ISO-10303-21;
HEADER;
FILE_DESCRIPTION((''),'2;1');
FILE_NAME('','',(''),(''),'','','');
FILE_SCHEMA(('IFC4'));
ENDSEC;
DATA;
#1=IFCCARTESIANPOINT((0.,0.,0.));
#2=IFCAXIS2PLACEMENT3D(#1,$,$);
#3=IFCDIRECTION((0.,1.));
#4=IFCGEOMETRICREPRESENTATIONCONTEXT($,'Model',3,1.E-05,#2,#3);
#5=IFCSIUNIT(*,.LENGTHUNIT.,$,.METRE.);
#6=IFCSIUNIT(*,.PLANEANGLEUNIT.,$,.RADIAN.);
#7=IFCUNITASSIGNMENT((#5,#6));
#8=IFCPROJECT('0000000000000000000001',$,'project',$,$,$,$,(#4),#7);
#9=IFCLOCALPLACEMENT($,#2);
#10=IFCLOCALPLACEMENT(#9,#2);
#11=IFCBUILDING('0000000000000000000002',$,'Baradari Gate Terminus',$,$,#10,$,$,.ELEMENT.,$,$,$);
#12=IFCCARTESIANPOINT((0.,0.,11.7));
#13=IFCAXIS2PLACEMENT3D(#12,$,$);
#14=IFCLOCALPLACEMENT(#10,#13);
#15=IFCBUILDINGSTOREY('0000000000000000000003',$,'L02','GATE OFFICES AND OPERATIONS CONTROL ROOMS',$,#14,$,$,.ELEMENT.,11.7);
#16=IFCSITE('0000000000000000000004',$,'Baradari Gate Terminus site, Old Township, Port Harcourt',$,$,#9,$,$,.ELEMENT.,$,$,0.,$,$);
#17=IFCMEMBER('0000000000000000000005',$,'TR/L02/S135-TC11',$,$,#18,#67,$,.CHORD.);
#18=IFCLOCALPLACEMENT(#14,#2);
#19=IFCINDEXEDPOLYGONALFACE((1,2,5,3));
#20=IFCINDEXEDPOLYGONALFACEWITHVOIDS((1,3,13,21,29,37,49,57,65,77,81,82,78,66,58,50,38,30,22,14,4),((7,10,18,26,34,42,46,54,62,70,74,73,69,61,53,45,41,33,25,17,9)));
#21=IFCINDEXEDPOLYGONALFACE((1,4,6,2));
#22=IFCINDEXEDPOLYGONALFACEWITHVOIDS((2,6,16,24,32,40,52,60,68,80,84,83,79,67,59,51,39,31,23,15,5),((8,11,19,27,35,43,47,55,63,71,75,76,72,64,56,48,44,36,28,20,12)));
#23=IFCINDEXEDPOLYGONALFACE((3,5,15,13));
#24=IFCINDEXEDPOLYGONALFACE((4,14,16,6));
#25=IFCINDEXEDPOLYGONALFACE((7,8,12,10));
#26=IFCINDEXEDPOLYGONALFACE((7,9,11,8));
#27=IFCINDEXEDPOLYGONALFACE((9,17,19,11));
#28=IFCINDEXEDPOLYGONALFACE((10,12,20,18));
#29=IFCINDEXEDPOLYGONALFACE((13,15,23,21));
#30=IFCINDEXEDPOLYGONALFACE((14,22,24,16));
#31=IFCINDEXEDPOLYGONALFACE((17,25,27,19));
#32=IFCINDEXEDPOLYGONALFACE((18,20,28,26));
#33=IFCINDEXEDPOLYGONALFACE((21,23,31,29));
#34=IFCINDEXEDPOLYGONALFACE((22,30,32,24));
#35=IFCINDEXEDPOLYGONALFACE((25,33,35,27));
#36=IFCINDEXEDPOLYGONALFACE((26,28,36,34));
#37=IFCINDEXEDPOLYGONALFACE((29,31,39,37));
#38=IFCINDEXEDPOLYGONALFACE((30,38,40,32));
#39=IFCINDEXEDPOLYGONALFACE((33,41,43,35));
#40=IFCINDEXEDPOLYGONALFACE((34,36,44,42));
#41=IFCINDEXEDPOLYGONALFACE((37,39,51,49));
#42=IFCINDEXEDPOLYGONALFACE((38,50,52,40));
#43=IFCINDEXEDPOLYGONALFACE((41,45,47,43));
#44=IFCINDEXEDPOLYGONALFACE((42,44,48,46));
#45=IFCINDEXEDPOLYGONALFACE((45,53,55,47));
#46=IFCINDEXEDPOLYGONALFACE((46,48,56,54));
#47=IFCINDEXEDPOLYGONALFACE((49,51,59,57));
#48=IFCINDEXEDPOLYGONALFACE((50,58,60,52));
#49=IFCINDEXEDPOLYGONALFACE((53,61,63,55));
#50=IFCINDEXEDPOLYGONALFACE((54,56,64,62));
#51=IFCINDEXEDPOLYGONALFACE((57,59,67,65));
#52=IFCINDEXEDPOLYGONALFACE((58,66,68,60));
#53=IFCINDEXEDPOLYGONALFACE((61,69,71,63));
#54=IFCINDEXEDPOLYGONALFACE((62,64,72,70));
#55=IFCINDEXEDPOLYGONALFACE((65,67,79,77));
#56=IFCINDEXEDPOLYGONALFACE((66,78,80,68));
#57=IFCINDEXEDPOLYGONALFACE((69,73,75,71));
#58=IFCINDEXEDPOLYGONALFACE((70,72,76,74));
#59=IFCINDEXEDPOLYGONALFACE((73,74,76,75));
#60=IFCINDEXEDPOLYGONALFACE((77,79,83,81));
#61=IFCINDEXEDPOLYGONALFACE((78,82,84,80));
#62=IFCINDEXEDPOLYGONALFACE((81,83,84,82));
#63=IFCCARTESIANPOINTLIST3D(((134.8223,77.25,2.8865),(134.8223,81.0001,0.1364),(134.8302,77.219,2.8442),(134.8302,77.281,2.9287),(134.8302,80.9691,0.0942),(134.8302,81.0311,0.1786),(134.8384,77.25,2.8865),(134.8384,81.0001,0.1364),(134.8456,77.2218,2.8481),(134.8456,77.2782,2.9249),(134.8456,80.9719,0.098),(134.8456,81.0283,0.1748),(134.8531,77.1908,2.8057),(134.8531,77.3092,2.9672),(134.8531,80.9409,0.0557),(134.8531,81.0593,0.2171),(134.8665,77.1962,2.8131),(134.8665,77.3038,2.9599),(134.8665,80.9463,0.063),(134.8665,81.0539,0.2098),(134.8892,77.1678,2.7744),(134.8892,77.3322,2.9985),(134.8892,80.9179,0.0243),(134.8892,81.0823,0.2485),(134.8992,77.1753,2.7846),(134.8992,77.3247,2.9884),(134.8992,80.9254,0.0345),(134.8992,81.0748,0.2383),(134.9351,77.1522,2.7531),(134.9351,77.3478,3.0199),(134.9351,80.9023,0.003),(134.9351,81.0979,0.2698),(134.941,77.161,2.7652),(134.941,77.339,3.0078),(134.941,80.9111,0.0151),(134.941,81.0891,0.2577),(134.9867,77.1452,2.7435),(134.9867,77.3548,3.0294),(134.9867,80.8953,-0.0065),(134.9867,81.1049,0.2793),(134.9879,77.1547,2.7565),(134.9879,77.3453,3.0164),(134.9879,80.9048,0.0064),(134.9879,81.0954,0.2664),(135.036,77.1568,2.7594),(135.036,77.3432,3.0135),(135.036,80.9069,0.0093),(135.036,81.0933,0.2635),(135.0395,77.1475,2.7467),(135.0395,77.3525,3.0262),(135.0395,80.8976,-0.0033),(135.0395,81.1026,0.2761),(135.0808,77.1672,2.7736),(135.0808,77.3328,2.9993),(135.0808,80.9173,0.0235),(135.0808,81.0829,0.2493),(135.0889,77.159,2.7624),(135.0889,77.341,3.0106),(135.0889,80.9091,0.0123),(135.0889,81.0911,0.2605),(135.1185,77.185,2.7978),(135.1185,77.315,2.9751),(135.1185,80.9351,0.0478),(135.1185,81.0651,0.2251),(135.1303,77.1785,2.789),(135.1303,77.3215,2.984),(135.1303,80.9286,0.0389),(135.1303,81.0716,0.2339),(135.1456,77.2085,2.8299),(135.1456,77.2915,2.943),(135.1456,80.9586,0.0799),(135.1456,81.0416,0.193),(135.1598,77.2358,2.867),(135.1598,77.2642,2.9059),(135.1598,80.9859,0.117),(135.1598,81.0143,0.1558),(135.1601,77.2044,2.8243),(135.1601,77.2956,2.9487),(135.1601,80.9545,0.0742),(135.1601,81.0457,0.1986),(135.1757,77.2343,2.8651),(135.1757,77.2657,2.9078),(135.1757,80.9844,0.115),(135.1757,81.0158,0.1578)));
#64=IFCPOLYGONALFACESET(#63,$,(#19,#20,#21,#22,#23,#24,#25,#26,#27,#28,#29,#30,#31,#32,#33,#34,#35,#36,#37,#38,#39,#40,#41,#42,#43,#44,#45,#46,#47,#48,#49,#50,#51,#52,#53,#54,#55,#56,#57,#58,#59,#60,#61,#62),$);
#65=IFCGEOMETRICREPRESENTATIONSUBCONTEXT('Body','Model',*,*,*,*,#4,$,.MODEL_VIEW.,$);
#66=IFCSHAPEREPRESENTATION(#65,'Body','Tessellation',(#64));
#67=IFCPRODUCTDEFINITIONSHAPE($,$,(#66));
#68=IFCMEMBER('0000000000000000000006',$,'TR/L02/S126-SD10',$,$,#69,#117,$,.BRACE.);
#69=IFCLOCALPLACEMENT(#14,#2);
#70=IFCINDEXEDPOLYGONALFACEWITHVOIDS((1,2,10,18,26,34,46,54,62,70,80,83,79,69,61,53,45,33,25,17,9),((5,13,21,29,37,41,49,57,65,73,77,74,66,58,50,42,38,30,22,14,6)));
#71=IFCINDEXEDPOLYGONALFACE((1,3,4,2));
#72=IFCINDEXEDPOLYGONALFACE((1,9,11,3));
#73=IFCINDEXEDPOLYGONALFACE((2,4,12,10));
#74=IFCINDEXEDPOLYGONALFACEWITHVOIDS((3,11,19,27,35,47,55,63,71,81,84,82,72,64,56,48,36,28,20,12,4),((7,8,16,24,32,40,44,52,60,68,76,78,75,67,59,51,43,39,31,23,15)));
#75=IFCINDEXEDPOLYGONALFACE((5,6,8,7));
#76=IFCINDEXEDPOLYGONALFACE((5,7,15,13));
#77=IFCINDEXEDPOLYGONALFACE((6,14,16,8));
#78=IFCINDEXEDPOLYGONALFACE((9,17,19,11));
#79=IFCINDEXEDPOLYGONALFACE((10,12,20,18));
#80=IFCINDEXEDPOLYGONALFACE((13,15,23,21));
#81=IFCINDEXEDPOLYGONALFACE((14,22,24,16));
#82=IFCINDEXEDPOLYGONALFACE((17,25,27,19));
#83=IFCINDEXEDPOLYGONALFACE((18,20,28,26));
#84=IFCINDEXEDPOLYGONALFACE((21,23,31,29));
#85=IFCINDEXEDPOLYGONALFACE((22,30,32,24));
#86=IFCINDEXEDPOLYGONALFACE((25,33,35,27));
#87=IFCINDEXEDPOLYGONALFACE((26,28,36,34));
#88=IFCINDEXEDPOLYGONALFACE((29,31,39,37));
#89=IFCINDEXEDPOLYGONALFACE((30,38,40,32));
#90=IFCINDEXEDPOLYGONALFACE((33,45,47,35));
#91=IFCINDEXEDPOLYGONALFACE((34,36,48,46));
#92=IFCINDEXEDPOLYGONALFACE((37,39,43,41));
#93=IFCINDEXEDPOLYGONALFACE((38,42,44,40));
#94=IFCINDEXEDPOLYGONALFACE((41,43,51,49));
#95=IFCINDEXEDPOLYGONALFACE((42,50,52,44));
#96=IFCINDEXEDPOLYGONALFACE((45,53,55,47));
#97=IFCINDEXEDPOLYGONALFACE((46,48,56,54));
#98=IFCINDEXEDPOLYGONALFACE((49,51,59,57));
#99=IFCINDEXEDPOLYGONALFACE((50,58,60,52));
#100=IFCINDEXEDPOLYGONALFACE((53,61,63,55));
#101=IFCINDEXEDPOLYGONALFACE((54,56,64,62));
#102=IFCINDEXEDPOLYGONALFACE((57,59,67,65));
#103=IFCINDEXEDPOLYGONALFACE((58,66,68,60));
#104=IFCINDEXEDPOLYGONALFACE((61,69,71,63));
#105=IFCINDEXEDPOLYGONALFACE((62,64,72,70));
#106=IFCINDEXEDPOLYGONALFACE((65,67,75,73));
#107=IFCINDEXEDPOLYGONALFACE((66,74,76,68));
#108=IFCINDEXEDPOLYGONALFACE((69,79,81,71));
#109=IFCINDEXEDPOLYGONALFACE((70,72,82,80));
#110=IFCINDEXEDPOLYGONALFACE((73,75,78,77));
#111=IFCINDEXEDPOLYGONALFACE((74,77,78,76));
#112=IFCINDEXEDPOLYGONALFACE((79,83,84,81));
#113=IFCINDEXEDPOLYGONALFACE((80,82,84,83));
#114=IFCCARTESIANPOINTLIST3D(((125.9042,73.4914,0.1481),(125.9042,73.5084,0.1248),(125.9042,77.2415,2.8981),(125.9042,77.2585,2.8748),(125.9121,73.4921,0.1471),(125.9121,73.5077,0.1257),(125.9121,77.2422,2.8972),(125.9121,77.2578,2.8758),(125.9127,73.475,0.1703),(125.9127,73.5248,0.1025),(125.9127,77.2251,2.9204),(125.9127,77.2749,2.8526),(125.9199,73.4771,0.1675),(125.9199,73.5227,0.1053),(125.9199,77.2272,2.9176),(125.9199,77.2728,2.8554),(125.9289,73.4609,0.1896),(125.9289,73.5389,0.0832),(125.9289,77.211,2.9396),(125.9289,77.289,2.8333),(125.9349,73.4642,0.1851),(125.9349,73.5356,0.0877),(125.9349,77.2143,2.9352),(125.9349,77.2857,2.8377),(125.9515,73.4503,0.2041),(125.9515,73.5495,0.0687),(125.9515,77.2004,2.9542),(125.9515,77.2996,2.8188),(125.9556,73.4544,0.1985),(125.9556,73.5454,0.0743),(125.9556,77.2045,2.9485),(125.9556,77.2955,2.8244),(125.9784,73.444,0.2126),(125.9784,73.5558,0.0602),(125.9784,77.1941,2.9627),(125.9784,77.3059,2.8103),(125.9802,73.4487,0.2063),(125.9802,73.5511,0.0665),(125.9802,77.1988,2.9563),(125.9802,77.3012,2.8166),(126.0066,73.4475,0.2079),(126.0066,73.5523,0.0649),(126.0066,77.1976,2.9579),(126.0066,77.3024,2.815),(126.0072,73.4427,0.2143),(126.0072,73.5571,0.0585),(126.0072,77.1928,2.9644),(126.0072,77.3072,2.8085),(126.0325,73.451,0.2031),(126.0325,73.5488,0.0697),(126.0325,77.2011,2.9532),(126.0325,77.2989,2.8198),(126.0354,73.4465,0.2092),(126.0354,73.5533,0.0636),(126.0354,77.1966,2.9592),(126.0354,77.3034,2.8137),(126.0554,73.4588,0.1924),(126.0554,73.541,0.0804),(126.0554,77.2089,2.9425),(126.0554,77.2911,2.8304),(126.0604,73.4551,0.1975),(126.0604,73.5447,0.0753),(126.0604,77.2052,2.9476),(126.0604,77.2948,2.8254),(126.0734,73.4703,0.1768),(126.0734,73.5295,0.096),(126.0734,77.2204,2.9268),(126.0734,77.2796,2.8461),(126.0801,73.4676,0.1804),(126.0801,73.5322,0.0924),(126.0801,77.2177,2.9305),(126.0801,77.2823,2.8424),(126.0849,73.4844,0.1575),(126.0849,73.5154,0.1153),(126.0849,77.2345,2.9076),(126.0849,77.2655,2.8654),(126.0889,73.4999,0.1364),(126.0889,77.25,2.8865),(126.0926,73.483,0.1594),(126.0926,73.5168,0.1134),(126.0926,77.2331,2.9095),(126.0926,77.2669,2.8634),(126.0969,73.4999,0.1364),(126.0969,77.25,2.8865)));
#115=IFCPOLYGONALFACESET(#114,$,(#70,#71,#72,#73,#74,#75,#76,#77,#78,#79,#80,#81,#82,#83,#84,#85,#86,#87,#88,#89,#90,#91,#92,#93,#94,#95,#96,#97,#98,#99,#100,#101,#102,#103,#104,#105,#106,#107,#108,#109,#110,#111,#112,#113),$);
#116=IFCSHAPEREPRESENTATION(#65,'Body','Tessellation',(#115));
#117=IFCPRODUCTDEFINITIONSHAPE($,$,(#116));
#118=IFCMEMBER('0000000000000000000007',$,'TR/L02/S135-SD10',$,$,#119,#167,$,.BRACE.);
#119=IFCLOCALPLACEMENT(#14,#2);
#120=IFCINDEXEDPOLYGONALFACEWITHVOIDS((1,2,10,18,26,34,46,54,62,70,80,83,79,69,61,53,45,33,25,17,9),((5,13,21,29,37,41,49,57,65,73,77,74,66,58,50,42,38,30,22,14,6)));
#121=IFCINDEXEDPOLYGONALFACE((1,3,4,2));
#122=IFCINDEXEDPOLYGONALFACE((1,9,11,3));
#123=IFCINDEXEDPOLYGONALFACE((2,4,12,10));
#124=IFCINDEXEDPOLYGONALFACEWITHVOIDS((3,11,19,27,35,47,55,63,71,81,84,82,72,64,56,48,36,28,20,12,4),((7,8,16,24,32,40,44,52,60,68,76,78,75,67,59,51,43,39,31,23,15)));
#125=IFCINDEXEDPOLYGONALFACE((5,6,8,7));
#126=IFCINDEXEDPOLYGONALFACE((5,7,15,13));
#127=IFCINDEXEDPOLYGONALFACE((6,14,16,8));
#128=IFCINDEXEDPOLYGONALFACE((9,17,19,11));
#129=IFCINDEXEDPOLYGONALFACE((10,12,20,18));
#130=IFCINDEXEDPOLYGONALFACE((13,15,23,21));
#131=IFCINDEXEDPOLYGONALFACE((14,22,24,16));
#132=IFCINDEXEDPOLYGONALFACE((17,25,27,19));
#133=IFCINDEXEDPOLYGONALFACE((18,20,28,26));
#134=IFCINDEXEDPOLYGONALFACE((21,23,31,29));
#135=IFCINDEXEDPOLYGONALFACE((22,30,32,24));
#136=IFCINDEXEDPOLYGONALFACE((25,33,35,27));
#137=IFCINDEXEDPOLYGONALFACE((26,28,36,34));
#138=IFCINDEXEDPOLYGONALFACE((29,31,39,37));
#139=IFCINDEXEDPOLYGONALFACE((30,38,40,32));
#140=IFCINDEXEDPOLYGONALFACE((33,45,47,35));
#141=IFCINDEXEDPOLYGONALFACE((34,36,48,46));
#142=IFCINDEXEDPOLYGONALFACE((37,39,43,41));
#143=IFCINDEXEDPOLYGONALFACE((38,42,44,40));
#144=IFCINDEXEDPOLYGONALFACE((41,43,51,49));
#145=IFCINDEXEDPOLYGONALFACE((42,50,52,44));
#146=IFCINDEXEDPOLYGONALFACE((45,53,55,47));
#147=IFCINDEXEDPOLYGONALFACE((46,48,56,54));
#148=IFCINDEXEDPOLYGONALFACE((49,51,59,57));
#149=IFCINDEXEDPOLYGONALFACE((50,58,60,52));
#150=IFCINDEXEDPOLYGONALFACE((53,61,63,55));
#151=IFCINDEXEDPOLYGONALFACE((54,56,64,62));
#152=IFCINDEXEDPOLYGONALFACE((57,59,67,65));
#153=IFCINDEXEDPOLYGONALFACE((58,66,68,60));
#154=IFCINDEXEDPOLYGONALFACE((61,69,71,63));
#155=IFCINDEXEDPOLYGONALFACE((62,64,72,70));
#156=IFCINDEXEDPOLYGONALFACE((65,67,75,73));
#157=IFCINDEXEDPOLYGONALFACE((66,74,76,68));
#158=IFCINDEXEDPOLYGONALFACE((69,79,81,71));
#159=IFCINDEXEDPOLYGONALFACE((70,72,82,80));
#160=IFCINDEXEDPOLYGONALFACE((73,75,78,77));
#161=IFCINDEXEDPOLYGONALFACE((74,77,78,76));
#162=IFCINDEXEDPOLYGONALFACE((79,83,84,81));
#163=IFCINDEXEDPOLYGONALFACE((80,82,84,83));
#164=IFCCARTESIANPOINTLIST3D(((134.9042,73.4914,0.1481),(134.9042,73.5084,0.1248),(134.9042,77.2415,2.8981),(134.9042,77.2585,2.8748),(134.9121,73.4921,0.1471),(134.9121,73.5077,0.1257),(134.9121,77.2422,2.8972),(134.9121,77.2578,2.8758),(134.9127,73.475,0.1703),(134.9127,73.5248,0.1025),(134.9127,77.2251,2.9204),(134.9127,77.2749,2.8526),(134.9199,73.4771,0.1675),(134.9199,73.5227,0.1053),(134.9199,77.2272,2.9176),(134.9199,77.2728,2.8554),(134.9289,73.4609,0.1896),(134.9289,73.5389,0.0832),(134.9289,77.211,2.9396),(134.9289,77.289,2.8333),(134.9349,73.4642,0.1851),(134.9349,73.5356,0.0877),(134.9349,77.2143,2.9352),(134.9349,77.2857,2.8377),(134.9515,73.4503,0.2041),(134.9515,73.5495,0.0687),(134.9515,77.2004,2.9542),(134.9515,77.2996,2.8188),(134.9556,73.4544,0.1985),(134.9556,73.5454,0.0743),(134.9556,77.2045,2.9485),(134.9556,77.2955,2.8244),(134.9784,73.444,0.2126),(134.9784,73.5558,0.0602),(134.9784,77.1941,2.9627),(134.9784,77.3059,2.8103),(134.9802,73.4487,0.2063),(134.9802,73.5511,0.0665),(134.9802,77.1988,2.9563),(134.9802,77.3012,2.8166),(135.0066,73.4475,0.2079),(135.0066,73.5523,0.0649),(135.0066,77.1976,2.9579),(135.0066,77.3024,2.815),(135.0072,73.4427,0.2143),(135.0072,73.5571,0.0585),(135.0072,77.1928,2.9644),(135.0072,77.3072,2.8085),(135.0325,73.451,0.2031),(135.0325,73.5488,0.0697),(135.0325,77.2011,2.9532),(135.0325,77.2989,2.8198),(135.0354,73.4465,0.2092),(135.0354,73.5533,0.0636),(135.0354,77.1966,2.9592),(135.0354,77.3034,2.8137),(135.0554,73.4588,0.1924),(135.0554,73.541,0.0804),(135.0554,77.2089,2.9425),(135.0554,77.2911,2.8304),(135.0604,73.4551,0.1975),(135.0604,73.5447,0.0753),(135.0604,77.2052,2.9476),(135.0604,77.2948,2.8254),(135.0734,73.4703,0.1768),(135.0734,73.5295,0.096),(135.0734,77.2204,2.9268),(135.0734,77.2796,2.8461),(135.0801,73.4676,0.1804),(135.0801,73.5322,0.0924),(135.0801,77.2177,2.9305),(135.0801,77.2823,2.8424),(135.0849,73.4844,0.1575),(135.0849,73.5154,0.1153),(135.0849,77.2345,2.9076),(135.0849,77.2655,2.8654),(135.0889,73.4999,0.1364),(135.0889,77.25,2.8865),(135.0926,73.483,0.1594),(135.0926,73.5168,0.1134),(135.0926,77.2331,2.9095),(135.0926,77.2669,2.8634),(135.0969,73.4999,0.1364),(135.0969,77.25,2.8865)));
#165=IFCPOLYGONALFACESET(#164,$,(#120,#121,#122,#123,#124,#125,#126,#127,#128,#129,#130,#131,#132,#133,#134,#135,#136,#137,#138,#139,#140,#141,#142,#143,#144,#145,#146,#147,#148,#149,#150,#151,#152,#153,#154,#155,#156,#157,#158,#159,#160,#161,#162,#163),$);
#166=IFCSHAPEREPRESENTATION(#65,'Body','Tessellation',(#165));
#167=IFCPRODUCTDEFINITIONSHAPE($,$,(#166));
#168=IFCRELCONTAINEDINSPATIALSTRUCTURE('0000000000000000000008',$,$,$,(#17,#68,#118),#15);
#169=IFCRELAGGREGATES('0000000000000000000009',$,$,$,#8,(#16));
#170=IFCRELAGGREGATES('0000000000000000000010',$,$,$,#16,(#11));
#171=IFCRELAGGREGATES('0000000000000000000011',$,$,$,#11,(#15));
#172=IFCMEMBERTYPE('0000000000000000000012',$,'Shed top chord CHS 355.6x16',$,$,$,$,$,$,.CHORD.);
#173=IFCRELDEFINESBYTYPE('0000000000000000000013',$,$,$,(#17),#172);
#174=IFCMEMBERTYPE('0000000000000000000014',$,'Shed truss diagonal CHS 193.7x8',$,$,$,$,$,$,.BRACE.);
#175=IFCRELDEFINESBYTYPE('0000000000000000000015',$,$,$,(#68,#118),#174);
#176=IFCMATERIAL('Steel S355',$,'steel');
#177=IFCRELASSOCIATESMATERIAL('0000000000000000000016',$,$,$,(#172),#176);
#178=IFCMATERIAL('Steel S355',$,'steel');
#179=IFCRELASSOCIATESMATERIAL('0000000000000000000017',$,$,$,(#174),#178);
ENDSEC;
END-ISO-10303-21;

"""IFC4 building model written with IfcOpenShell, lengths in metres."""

from ifc_helpers import new_model, si_unit, direction, frame, origin, origin_2d, place, context, subcontext, project, spatial, hollow_circle, extrude, material, material_profile, profile_set, type_object, element, save


model = new_model("IFC4")

# Units and contexts
model_context = context("Model", 3, precision=1e-05, world=origin(), true_north=direction((0.0, 1.0)))
body_context = subcontext(model_context, "Body", "Model", "MODEL_VIEW")
ifc_project = project(units=[si_unit("LENGTHUNIT", "METRE"), si_unit("PLANEANGLEUNIT", "RADIAN")], contexts=[model_context])

# Site, building, storey
site_placement = place(None, origin())
site = spatial("IfcSite", under=ifc_project, at=site_placement, Name="Baradari Gate Terminus site, Old Township, Port Harcourt", CompositionType="ELEMENT", RefElevation=0.0)
building_placement = place(site_placement, origin())
building = spatial("IfcBuilding", under=site, at=building_placement, Name="Baradari Gate Terminus", CompositionType="ELEMENT")
storey_placement = place(building_placement, frame((0.0, 0.0, 11.7)))
storey = spatial("IfcBuildingStorey", under=building, at=storey_placement, Name="L02", Description="GATE OFFICES AND OPERATIONS CONTROL ROOMS", CompositionType="ELEMENT", Elevation=11.7)

# Members
ifc_material_1 = material(Name="Steel S355", Category="steel")
ifc_material_profile_1 = material_profile(ifc_material_1, hollow_circle(Radius=0.1777, WallThickness=0.0161, at=origin_2d()), Name="CHS 355.6x16")
ifc_profile_set_1 = profile_set([ifc_material_profile_1], Name="Steel S355")
member_type_1 = type_object("IfcMemberType", Name="Shed top chord CHS 355.6x16", PredefinedType="CHORD", material=ifc_profile_set_1)
member_1_placement = place(storey_placement, frame((135.0, 77.25, 2.8865), z_axis=(0.0, 0.806405, -0.591364), x_axis=(-1.0, 0.0, 0.0)))
element("IfcMember", 1, at=member_1_placement, inside=storey, type_object=member_type_1, Name="TR/L02/S135-TC11", PredefinedType="CHORD", context=body_context, shape_type="SweptSolid", body=[
    extrude(hollow_circle(Radius=0.1777, WallThickness=0.0161, at=origin_2d()), origin(), (0.0, 0.0, 1.0), 4.6504),
])
ifc_material_2 = material(Name="Steel S355", Category="steel")
ifc_material_profile_2 = material_profile(ifc_material_2, hollow_circle(Radius=0.0969, WallThickness=0.0081, at=origin_2d()), Name="CHS 193.7x8")
ifc_profile_set_2 = profile_set([ifc_material_profile_2], Name="Steel S355")
member_type_2 = type_object("IfcMemberType", Name="Shed truss diagonal CHS 193.7x8", PredefinedType="BRACE", material=ifc_profile_set_2)
for number, where, z_axis, x_axis, name in (
    (2, (126.0, 77.25, 2.8865), (0.0, -0.806405, -0.591364), (1.0, 0.0, 0.0), "TR/L02/S126-SD10"),
    (3, (135.0, 77.25, 2.8865), (0.0, -0.806405, -0.591364), (1.0, 0.0, 0.0), "TR/L02/S135-SD10"),
):
    element("IfcMember", number, at=place(storey_placement, frame(where, z_axis=z_axis, x_axis=x_axis)), inside=storey, type_object=member_type_2, Name=name, PredefinedType="BRACE", context=body_context, shape_type="SweptSolid", body=[
        extrude(hollow_circle(Radius=0.0969, WallThickness=0.0081, at=origin_2d()), origin(), (0.0, 0.0, 1.0), 4.6504),
    ])

save(model, "model.ifc")
